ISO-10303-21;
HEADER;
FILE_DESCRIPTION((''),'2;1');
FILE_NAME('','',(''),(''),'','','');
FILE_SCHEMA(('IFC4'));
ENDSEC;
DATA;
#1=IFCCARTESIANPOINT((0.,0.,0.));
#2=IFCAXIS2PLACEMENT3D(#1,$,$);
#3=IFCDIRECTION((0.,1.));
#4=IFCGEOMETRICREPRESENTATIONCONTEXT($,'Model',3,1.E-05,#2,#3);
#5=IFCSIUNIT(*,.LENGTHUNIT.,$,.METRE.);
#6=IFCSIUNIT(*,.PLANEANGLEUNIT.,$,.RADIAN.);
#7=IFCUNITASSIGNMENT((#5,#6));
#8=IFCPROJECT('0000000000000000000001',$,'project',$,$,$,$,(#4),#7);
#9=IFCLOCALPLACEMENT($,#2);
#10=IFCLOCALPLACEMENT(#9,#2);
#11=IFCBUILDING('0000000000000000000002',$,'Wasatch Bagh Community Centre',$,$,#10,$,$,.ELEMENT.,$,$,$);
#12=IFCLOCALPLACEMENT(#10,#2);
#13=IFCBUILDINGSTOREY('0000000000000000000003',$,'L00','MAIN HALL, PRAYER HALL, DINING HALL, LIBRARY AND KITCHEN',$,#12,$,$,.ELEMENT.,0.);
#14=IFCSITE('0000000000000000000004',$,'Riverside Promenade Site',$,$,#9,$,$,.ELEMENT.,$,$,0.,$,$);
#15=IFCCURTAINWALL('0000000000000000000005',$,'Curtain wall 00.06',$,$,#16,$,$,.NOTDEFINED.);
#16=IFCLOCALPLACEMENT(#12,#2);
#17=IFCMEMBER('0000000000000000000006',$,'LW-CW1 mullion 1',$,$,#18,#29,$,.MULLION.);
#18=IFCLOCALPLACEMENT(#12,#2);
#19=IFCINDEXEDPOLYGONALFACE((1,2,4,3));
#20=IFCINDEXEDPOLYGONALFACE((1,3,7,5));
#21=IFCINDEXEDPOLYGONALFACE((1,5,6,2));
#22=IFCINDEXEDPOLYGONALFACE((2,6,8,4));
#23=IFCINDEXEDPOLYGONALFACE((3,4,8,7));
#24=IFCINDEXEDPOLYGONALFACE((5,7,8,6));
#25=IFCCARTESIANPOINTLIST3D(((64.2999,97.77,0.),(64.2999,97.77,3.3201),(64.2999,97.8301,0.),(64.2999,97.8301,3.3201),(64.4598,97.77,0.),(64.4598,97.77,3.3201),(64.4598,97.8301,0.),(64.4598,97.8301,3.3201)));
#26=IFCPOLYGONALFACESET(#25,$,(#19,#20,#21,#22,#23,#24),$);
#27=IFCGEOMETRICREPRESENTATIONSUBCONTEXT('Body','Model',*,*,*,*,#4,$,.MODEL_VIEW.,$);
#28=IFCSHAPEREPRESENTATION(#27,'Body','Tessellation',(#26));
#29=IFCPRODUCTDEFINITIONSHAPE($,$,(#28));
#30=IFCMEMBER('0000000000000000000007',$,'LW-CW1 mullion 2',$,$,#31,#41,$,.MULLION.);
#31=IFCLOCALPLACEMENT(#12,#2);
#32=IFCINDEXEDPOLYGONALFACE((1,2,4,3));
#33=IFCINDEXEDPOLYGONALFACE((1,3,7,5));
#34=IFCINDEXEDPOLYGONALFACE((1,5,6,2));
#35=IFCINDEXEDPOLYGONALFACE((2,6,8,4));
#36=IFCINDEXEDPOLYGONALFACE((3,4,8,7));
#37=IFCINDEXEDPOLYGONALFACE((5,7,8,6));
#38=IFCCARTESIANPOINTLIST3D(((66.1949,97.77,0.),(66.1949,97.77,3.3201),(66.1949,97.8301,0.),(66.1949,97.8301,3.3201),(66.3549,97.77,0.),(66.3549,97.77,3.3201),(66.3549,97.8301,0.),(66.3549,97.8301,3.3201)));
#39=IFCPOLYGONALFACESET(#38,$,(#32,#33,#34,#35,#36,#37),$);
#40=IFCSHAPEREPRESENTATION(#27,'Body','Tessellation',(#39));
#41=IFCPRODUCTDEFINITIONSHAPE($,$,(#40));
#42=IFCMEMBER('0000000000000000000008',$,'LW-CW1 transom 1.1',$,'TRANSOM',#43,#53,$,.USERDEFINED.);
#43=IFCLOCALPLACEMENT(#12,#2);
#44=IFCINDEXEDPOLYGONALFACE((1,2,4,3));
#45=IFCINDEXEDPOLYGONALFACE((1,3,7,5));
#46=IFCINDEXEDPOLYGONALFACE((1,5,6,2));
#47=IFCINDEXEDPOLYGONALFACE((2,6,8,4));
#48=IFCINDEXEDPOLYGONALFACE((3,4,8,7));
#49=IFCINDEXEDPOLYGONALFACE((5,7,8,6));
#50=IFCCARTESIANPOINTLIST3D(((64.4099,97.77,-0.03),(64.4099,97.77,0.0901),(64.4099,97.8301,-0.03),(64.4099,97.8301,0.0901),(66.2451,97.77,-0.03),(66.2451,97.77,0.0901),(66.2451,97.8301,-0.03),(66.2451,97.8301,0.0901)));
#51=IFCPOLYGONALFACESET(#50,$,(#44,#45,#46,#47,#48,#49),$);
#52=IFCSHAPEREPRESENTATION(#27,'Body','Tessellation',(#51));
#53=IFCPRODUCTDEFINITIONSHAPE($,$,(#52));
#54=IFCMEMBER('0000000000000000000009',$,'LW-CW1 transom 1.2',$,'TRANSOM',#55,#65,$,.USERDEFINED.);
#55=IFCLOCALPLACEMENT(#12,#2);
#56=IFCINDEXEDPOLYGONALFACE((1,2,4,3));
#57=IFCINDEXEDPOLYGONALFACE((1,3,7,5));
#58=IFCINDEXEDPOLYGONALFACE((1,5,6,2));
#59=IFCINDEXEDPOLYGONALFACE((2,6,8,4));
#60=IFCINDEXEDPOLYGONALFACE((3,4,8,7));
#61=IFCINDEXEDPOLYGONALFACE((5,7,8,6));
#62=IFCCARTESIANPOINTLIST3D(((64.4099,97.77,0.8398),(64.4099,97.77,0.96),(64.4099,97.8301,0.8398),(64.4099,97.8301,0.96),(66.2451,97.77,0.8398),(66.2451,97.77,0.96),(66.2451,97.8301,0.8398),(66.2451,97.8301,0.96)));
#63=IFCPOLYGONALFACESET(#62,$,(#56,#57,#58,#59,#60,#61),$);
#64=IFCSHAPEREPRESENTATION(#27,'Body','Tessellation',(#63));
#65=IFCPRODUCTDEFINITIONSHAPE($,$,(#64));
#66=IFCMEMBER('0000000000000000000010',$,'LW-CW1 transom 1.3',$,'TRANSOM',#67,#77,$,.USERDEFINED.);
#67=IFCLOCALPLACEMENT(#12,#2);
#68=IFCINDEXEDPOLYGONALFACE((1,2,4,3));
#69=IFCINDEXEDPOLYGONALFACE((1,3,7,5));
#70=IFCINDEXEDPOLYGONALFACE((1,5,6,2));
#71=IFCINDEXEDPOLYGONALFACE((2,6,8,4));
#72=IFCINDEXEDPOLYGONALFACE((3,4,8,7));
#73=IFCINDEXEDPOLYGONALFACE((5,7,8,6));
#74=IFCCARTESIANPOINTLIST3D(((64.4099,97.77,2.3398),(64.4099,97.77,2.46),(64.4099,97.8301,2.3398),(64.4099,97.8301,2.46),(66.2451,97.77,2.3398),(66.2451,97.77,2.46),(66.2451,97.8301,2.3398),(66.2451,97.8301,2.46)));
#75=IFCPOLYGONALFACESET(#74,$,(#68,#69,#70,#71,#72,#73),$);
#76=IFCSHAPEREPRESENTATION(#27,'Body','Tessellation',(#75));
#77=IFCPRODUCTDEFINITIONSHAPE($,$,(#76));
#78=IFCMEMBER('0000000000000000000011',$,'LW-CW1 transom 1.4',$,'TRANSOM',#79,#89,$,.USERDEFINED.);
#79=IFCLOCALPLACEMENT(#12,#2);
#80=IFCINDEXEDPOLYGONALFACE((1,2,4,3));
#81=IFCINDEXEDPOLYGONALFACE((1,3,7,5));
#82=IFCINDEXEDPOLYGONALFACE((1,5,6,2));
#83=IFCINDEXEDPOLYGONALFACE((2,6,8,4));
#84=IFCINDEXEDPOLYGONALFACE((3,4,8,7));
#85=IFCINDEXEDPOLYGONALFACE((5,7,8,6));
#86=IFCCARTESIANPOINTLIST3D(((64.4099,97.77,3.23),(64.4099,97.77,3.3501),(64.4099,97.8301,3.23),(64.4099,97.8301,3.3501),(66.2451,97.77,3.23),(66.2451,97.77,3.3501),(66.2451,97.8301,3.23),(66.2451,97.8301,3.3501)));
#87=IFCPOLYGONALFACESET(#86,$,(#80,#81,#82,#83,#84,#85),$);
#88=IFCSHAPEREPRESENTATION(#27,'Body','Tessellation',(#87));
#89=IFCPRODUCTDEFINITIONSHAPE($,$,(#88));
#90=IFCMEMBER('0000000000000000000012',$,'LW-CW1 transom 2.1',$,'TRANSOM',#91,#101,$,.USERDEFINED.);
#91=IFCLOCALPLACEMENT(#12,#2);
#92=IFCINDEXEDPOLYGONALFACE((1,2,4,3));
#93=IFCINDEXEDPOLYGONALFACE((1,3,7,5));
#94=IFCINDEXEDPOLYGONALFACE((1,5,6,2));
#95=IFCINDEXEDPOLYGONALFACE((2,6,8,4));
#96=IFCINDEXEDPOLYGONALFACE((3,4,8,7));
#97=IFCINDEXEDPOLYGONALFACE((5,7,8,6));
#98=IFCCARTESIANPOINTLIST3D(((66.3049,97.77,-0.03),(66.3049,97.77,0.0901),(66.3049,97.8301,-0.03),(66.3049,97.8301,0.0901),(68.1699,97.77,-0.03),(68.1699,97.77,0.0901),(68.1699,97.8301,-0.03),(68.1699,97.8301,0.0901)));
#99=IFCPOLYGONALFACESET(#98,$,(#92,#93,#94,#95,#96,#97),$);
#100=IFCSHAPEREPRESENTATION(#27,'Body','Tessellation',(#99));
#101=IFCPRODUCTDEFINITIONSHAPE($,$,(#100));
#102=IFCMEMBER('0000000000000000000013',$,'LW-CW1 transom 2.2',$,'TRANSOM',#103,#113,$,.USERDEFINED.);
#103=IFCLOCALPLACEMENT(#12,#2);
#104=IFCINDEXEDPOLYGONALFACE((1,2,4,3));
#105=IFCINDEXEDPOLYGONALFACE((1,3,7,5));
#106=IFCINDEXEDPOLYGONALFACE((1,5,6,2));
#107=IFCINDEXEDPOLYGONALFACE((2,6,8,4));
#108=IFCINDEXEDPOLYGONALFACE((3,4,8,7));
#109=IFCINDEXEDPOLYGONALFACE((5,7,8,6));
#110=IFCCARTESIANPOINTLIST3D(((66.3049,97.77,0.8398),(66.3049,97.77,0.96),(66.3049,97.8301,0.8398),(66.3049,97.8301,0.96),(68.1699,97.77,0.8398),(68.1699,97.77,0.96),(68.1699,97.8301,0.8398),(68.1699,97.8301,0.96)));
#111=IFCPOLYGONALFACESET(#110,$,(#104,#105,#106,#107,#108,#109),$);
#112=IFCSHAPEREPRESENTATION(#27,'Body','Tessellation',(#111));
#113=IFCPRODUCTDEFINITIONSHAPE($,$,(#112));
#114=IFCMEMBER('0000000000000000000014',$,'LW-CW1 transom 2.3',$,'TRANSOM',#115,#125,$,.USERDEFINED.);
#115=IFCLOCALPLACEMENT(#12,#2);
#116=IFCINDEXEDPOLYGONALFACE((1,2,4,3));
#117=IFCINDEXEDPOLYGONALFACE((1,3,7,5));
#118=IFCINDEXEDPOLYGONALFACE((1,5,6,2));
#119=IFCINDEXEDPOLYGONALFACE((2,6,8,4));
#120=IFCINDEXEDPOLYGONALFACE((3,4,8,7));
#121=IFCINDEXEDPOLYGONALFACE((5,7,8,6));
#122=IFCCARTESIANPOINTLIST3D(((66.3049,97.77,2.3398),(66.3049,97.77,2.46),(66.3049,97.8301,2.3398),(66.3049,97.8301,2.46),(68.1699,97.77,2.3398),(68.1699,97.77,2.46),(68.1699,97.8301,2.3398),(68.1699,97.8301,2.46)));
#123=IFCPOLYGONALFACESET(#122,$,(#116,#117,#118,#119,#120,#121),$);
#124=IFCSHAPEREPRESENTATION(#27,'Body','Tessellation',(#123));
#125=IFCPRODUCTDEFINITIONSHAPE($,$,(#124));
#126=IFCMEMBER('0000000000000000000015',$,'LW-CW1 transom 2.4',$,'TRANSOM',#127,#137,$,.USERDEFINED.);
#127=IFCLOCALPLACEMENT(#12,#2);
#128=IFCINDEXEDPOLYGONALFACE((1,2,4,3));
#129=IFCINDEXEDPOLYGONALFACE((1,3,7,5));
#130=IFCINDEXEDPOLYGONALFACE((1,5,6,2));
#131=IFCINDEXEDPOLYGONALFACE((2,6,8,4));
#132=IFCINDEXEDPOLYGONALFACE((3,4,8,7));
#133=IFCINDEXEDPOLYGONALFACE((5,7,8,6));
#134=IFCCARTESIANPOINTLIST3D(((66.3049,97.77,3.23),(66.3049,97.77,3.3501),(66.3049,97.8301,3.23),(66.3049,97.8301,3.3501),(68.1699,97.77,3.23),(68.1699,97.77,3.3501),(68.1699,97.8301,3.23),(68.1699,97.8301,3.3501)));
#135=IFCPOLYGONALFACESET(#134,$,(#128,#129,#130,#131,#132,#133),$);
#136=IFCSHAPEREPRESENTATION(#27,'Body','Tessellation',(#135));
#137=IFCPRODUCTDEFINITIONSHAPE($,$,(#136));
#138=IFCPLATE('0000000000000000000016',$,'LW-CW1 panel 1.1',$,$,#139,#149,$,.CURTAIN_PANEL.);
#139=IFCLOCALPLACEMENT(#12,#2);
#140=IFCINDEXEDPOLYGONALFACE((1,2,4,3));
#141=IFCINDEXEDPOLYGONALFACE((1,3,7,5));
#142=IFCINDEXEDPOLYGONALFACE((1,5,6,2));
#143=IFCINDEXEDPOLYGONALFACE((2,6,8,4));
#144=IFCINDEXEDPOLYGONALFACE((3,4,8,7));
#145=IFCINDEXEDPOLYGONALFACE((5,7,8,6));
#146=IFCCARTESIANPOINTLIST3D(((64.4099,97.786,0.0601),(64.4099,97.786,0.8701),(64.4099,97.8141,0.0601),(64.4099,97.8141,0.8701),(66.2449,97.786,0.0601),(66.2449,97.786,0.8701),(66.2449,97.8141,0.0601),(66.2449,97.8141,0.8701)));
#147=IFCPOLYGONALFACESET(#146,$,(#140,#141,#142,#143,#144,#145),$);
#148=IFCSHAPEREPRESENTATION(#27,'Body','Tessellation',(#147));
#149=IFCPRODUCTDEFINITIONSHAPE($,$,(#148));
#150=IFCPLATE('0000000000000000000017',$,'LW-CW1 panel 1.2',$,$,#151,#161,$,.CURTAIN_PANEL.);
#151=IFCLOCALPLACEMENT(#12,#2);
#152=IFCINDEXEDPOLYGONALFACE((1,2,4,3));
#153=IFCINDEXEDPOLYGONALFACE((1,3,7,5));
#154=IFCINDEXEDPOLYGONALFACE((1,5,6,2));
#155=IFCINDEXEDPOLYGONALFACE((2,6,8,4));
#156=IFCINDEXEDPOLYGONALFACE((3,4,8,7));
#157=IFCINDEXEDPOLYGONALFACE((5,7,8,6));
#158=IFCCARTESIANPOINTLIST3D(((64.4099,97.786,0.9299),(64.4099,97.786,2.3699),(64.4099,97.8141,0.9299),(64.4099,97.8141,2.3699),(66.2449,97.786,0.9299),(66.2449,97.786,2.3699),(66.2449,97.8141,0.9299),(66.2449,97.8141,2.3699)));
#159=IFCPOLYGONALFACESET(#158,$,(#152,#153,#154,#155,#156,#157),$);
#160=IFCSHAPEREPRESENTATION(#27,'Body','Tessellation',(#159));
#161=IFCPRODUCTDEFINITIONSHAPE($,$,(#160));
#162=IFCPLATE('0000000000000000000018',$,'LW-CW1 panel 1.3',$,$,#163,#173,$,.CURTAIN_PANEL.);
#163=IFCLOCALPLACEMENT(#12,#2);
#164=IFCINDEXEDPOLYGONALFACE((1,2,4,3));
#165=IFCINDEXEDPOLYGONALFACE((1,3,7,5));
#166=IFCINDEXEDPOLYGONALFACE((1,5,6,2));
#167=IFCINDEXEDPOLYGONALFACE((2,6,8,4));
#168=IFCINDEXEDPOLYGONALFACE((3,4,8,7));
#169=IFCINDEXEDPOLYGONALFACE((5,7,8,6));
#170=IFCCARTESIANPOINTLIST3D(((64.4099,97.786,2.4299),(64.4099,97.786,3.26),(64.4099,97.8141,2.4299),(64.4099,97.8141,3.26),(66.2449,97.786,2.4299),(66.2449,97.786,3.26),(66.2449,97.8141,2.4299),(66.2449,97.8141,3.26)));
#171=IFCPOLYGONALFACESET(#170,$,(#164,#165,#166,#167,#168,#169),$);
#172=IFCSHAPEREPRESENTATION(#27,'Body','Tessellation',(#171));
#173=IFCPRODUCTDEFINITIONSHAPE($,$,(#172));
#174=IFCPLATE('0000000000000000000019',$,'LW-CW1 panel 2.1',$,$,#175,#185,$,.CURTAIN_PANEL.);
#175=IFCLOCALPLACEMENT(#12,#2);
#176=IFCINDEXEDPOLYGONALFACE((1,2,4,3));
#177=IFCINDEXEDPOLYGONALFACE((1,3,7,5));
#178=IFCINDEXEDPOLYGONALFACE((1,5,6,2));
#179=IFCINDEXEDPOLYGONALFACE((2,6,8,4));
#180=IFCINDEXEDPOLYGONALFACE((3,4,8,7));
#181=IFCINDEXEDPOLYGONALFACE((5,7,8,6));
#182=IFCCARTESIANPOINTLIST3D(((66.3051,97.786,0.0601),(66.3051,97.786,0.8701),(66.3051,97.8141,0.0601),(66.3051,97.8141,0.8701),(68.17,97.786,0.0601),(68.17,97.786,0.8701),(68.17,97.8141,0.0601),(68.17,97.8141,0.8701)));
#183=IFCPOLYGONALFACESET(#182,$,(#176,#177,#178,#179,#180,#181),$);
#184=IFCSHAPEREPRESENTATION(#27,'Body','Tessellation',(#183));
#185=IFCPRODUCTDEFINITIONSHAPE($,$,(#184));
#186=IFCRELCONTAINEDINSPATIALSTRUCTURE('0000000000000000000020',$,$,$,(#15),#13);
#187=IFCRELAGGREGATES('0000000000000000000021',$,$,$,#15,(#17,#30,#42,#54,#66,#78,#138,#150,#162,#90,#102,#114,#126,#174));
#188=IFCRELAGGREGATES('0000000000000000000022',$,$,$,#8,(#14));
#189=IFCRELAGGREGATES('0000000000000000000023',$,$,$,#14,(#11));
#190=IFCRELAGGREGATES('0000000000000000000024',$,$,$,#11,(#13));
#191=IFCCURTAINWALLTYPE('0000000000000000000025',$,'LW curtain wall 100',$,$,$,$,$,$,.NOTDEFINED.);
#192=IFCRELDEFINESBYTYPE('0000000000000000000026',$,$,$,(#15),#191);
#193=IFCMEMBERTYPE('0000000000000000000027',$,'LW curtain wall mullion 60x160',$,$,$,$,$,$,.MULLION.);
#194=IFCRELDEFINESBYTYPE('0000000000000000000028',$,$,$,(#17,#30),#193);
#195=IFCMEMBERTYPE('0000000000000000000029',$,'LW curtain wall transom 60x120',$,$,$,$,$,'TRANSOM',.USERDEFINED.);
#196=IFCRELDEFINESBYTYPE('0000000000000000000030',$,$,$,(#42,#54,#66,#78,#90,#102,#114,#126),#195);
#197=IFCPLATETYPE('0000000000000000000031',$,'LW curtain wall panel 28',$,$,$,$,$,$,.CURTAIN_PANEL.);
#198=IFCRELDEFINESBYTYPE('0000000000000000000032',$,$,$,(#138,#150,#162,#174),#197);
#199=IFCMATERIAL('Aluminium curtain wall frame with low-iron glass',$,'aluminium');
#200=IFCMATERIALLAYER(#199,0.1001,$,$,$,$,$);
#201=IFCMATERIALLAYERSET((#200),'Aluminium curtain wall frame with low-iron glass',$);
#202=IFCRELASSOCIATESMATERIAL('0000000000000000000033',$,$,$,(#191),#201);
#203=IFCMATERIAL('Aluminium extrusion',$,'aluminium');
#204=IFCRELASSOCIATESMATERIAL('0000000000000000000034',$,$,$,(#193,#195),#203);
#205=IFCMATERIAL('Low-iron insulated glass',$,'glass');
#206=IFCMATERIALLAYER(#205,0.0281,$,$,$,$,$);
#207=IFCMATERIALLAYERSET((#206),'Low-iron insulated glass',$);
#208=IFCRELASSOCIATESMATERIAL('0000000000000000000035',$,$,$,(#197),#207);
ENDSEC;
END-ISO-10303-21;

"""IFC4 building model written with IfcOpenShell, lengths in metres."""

from ifc_helpers import new_model, si_unit, direction, frame, origin, origin_2d, place, context, subcontext, project, spatial, rectangle, extrude, material, layer, layer_set, material_profile, profile_set, type_object, element, aggregate, save


model = new_model("IFC4")

# Units and contexts
model_context = context("Model", 3, precision=1e-05, world=origin(), true_north=direction((0.0, 1.0)))
body_context = subcontext(model_context, "Body", "Model", "MODEL_VIEW")
ifc_project = project(units=[si_unit("LENGTHUNIT", "METRE"), si_unit("PLANEANGLEUNIT", "RADIAN")], contexts=[model_context])

# Site, building, storey
site_placement = place(None, origin())
site = spatial("IfcSite", under=ifc_project, at=site_placement, Name="Riverside Promenade Site", CompositionType="ELEMENT", RefElevation=0.0)
building_placement = place(site_placement, origin())
building = spatial("IfcBuilding", under=site, at=building_placement, Name="Wasatch Bagh Community Centre", CompositionType="ELEMENT")
storey_placement = place(building_placement, origin())
storey = spatial("IfcBuildingStorey", under=building, at=storey_placement, Name="L00", Description="MAIN HALL, PRAYER HALL, DINING HALL, LIBRARY AND KITCHEN", CompositionType="ELEMENT", Elevation=0.0)

# Curtain wall, members, plates
ifc_material_1 = material(Name="Aluminium curtain wall frame with low-iron glass", Category="aluminium")
ifc_layer_1 = layer(ifc_material_1, 0.1001)
ifc_layer_set_1 = layer_set([ifc_layer_1], Name="Aluminium curtain wall frame with low-iron glass")
curtain_wall_type = type_object("IfcCurtainWallType", Name="LW curtain wall 100", PredefinedType="NOTDEFINED", material=ifc_layer_set_1)
curtain_wall_placement = place(storey_placement, origin())
curtain_wall = element("IfcCurtainWall", 1, at=curtain_wall_placement, inside=storey, type_object=curtain_wall_type, Name="Curtain wall 00.06", PredefinedType="NOTDEFINED")
ifc_material_2 = material(Name="Aluminium extrusion", Category="aluminium")
ifc_material_profile_1 = material_profile(ifc_material_2, rectangle(XDim=0.0601, YDim=0.1599, at=origin_2d()), Name="AL 60x160")
ifc_profile_set_1 = profile_set([ifc_material_profile_1], Name="Aluminium extrusion")
member_type_1 = type_object("IfcMemberType", Name="LW curtain wall mullion 60x160", PredefinedType="MULLION", material=ifc_profile_set_1)
member_1_placement = place(storey_placement, frame((64.3799, 97.8, 0.0), z_axis=(0.0, 0.0, 1.0), x_axis=(0.0, 1.0, 0.0)))
member_1 = element("IfcMember", 2, at=member_1_placement, type_object=member_type_1, Name="LW-CW1 mullion 1", PredefinedType="MULLION", context=body_context, shape_type="SweptSolid", body=[
    extrude(rectangle(XDim=0.0601, YDim=0.1599, at=origin_2d()), origin(), (0.0, 0.0, 1.0), 3.3201),
])
member_2_placement = place(storey_placement, frame((66.2749, 97.8, 0.0), z_axis=(0.0, 0.0, 1.0), x_axis=(0.0, 1.0, 0.0)))
member_2 = element("IfcMember", 3, at=member_2_placement, type_object=member_type_1, Name="LW-CW1 mullion 2", PredefinedType="MULLION", context=body_context, shape_type="SweptSolid", body=[
    extrude(rectangle(XDim=0.0601, YDim=0.1599, at=origin_2d()), origin(), (0.0, 0.0, 1.0), 3.3201),
])
ifc_material_profile_2 = material_profile(ifc_material_2, rectangle(XDim=0.0601, YDim=0.1201, at=origin_2d()), Name="AL 60x120")
ifc_profile_set_2 = profile_set([ifc_material_profile_2], Name="Aluminium extrusion")
member_type_2 = type_object("IfcMemberType", Name="LW curtain wall transom 60x120", ElementType="TRANSOM", PredefinedType="USERDEFINED", material=ifc_profile_set_2)
member_3_placement = place(storey_placement, frame((64.4099, 97.8, 0.03), z_axis=(1.0, 0.0, 0.0), x_axis=(0.0, 1.0, 0.0)))
member_3 = element("IfcMember", 4, at=member_3_placement, type_object=member_type_2, Name="LW-CW1 transom 1.1", ObjectType="TRANSOM", PredefinedType="USERDEFINED", context=body_context, shape_type="SweptSolid", body=[
    extrude(rectangle(XDim=0.0601, YDim=0.1201, at=origin_2d()), origin(), (0.0, 0.0, 1.0), 1.8352),
])
member_4_placement = place(storey_placement, frame((64.4099, 97.8, 0.8999), z_axis=(1.0, 0.0, 0.0), x_axis=(0.0, 1.0, 0.0)))
member_4 = element("IfcMember", 5, at=member_4_placement, type_object=member_type_2, Name="LW-CW1 transom 1.2", ObjectType="TRANSOM", PredefinedType="USERDEFINED", context=body_context, shape_type="SweptSolid", body=[
    extrude(rectangle(XDim=0.0601, YDim=0.1201, at=origin_2d()), origin(), (0.0, 0.0, 1.0), 1.8352),
])
member_5_placement = place(storey_placement, frame((64.4099, 97.8, 2.3999), z_axis=(1.0, 0.0, 0.0), x_axis=(0.0, 1.0, 0.0)))
member_5 = element("IfcMember", 6, at=member_5_placement, type_object=member_type_2, Name="LW-CW1 transom 1.3", ObjectType="TRANSOM", PredefinedType="USERDEFINED", context=body_context, shape_type="SweptSolid", body=[
    extrude(rectangle(XDim=0.0601, YDim=0.1201, at=origin_2d()), origin(), (0.0, 0.0, 1.0), 1.8352),
])
member_6_placement = place(storey_placement, frame((64.4099, 97.8, 3.29), z_axis=(1.0, 0.0, 0.0), x_axis=(0.0, 1.0, 0.0)))
member_6 = element("IfcMember", 7, at=member_6_placement, type_object=member_type_2, Name="LW-CW1 transom 1.4", ObjectType="TRANSOM", PredefinedType="USERDEFINED", context=body_context, shape_type="SweptSolid", body=[
    extrude(rectangle(XDim=0.0601, YDim=0.1201, at=origin_2d()), origin(), (0.0, 0.0, 1.0), 1.8352),
])
member_7_placement = place(storey_placement, frame((66.3049, 97.8, 0.03), z_axis=(1.0, 0.0, 0.0), x_axis=(0.0, 1.0, 0.0)))
member_7 = element("IfcMember", 8, at=member_7_placement, type_object=member_type_2, Name="LW-CW1 transom 2.1", ObjectType="TRANSOM", PredefinedType="USERDEFINED", context=body_context, shape_type="SweptSolid", body=[
    extrude(rectangle(XDim=0.0601, YDim=0.1201, at=origin_2d()), origin(), (0.0, 0.0, 1.0), 1.865),
])
member_8_placement = place(storey_placement, frame((66.3049, 97.8, 0.8999), z_axis=(1.0, 0.0, 0.0), x_axis=(0.0, 1.0, 0.0)))
member_8 = element("IfcMember", 9, at=member_8_placement, type_object=member_type_2, Name="LW-CW1 transom 2.2", ObjectType="TRANSOM", PredefinedType="USERDEFINED", context=body_context, shape_type="SweptSolid", body=[
    extrude(rectangle(XDim=0.0601, YDim=0.1201, at=origin_2d()), origin(), (0.0, 0.0, 1.0), 1.865),
])
member_9_placement = place(storey_placement, frame((66.3049, 97.8, 2.3999), z_axis=(1.0, 0.0, 0.0), x_axis=(0.0, 1.0, 0.0)))
member_9 = element("IfcMember", 10, at=member_9_placement, type_object=member_type_2, Name="LW-CW1 transom 2.3", ObjectType="TRANSOM", PredefinedType="USERDEFINED", context=body_context, shape_type="SweptSolid", body=[
    extrude(rectangle(XDim=0.0601, YDim=0.1201, at=origin_2d()), origin(), (0.0, 0.0, 1.0), 1.865),
])
member_10_placement = place(storey_placement, frame((66.3049, 97.8, 3.29), z_axis=(1.0, 0.0, 0.0), x_axis=(0.0, 1.0, 0.0)))
member_10 = element("IfcMember", 11, at=member_10_placement, type_object=member_type_2, Name="LW-CW1 transom 2.4", ObjectType="TRANSOM", PredefinedType="USERDEFINED", context=body_context, shape_type="SweptSolid", body=[
    extrude(rectangle(XDim=0.0601, YDim=0.1201, at=origin_2d()), origin(), (0.0, 0.0, 1.0), 1.865),
])
ifc_material_3 = material(Name="Low-iron insulated glass", Category="glass")
ifc_layer_2 = layer(ifc_material_3, 0.0281)
ifc_layer_set_2 = layer_set([ifc_layer_2], Name="Low-iron insulated glass")
plate_type = type_object("IfcPlateType", Name="LW curtain wall panel 28", PredefinedType="CURTAIN_PANEL", material=ifc_layer_set_2)
plate_1_placement = place(storey_placement, frame((65.3274, 97.8, 0.0601), z_axis=(0.0, 0.0, 1.0), x_axis=(1.0, 0.0, 0.0)))
plate_1 = element("IfcPlate", 12, at=plate_1_placement, type_object=plate_type, Name="LW-CW1 panel 1.1", PredefinedType="CURTAIN_PANEL", context=body_context, shape_type="SweptSolid", body=[
    extrude(rectangle(XDim=1.835, YDim=0.0281, at=origin_2d()), origin(), (0.0, 0.0, 1.0), 0.8101),
])
plate_2_placement = place(storey_placement, frame((65.3274, 97.8, 0.9299), z_axis=(0.0, 0.0, 1.0), x_axis=(1.0, 0.0, 0.0)))
plate_2 = element("IfcPlate", 13, at=plate_2_placement, type_object=plate_type, Name="LW-CW1 panel 1.2", PredefinedType="CURTAIN_PANEL", context=body_context, shape_type="SweptSolid", body=[
    extrude(rectangle(XDim=1.835, YDim=0.0281, at=origin_2d()), origin(), (0.0, 0.0, 1.0), 1.4399),
])
plate_3_placement = place(storey_placement, frame((65.3274, 97.8, 2.4299), z_axis=(0.0, 0.0, 1.0), x_axis=(1.0, 0.0, 0.0)))
plate_3 = element("IfcPlate", 14, at=plate_3_placement, type_object=plate_type, Name="LW-CW1 panel 1.3", PredefinedType="CURTAIN_PANEL", context=body_context, shape_type="SweptSolid", body=[
    extrude(rectangle(XDim=1.835, YDim=0.0281, at=origin_2d()), origin(), (0.0, 0.0, 1.0), 0.8301),
])
plate_4_placement = place(storey_placement, frame((67.2375, 97.8, 0.0601), z_axis=(0.0, 0.0, 1.0), x_axis=(1.0, 0.0, 0.0)))
plate_4 = element("IfcPlate", 15, at=plate_4_placement, type_object=plate_type, Name="LW-CW1 panel 2.1", PredefinedType="CURTAIN_PANEL", context=body_context, shape_type="SweptSolid", body=[
    extrude(rectangle(XDim=1.865, YDim=0.0281, at=origin_2d()), origin(), (0.0, 0.0, 1.0), 0.8101),
])
aggregate(curtain_wall, [member_1, member_2, member_3, member_4, member_5, member_6, plate_1, plate_2, plate_3, member_7, member_8, member_9, member_10, plate_4])

save(model, "model.ifc")
